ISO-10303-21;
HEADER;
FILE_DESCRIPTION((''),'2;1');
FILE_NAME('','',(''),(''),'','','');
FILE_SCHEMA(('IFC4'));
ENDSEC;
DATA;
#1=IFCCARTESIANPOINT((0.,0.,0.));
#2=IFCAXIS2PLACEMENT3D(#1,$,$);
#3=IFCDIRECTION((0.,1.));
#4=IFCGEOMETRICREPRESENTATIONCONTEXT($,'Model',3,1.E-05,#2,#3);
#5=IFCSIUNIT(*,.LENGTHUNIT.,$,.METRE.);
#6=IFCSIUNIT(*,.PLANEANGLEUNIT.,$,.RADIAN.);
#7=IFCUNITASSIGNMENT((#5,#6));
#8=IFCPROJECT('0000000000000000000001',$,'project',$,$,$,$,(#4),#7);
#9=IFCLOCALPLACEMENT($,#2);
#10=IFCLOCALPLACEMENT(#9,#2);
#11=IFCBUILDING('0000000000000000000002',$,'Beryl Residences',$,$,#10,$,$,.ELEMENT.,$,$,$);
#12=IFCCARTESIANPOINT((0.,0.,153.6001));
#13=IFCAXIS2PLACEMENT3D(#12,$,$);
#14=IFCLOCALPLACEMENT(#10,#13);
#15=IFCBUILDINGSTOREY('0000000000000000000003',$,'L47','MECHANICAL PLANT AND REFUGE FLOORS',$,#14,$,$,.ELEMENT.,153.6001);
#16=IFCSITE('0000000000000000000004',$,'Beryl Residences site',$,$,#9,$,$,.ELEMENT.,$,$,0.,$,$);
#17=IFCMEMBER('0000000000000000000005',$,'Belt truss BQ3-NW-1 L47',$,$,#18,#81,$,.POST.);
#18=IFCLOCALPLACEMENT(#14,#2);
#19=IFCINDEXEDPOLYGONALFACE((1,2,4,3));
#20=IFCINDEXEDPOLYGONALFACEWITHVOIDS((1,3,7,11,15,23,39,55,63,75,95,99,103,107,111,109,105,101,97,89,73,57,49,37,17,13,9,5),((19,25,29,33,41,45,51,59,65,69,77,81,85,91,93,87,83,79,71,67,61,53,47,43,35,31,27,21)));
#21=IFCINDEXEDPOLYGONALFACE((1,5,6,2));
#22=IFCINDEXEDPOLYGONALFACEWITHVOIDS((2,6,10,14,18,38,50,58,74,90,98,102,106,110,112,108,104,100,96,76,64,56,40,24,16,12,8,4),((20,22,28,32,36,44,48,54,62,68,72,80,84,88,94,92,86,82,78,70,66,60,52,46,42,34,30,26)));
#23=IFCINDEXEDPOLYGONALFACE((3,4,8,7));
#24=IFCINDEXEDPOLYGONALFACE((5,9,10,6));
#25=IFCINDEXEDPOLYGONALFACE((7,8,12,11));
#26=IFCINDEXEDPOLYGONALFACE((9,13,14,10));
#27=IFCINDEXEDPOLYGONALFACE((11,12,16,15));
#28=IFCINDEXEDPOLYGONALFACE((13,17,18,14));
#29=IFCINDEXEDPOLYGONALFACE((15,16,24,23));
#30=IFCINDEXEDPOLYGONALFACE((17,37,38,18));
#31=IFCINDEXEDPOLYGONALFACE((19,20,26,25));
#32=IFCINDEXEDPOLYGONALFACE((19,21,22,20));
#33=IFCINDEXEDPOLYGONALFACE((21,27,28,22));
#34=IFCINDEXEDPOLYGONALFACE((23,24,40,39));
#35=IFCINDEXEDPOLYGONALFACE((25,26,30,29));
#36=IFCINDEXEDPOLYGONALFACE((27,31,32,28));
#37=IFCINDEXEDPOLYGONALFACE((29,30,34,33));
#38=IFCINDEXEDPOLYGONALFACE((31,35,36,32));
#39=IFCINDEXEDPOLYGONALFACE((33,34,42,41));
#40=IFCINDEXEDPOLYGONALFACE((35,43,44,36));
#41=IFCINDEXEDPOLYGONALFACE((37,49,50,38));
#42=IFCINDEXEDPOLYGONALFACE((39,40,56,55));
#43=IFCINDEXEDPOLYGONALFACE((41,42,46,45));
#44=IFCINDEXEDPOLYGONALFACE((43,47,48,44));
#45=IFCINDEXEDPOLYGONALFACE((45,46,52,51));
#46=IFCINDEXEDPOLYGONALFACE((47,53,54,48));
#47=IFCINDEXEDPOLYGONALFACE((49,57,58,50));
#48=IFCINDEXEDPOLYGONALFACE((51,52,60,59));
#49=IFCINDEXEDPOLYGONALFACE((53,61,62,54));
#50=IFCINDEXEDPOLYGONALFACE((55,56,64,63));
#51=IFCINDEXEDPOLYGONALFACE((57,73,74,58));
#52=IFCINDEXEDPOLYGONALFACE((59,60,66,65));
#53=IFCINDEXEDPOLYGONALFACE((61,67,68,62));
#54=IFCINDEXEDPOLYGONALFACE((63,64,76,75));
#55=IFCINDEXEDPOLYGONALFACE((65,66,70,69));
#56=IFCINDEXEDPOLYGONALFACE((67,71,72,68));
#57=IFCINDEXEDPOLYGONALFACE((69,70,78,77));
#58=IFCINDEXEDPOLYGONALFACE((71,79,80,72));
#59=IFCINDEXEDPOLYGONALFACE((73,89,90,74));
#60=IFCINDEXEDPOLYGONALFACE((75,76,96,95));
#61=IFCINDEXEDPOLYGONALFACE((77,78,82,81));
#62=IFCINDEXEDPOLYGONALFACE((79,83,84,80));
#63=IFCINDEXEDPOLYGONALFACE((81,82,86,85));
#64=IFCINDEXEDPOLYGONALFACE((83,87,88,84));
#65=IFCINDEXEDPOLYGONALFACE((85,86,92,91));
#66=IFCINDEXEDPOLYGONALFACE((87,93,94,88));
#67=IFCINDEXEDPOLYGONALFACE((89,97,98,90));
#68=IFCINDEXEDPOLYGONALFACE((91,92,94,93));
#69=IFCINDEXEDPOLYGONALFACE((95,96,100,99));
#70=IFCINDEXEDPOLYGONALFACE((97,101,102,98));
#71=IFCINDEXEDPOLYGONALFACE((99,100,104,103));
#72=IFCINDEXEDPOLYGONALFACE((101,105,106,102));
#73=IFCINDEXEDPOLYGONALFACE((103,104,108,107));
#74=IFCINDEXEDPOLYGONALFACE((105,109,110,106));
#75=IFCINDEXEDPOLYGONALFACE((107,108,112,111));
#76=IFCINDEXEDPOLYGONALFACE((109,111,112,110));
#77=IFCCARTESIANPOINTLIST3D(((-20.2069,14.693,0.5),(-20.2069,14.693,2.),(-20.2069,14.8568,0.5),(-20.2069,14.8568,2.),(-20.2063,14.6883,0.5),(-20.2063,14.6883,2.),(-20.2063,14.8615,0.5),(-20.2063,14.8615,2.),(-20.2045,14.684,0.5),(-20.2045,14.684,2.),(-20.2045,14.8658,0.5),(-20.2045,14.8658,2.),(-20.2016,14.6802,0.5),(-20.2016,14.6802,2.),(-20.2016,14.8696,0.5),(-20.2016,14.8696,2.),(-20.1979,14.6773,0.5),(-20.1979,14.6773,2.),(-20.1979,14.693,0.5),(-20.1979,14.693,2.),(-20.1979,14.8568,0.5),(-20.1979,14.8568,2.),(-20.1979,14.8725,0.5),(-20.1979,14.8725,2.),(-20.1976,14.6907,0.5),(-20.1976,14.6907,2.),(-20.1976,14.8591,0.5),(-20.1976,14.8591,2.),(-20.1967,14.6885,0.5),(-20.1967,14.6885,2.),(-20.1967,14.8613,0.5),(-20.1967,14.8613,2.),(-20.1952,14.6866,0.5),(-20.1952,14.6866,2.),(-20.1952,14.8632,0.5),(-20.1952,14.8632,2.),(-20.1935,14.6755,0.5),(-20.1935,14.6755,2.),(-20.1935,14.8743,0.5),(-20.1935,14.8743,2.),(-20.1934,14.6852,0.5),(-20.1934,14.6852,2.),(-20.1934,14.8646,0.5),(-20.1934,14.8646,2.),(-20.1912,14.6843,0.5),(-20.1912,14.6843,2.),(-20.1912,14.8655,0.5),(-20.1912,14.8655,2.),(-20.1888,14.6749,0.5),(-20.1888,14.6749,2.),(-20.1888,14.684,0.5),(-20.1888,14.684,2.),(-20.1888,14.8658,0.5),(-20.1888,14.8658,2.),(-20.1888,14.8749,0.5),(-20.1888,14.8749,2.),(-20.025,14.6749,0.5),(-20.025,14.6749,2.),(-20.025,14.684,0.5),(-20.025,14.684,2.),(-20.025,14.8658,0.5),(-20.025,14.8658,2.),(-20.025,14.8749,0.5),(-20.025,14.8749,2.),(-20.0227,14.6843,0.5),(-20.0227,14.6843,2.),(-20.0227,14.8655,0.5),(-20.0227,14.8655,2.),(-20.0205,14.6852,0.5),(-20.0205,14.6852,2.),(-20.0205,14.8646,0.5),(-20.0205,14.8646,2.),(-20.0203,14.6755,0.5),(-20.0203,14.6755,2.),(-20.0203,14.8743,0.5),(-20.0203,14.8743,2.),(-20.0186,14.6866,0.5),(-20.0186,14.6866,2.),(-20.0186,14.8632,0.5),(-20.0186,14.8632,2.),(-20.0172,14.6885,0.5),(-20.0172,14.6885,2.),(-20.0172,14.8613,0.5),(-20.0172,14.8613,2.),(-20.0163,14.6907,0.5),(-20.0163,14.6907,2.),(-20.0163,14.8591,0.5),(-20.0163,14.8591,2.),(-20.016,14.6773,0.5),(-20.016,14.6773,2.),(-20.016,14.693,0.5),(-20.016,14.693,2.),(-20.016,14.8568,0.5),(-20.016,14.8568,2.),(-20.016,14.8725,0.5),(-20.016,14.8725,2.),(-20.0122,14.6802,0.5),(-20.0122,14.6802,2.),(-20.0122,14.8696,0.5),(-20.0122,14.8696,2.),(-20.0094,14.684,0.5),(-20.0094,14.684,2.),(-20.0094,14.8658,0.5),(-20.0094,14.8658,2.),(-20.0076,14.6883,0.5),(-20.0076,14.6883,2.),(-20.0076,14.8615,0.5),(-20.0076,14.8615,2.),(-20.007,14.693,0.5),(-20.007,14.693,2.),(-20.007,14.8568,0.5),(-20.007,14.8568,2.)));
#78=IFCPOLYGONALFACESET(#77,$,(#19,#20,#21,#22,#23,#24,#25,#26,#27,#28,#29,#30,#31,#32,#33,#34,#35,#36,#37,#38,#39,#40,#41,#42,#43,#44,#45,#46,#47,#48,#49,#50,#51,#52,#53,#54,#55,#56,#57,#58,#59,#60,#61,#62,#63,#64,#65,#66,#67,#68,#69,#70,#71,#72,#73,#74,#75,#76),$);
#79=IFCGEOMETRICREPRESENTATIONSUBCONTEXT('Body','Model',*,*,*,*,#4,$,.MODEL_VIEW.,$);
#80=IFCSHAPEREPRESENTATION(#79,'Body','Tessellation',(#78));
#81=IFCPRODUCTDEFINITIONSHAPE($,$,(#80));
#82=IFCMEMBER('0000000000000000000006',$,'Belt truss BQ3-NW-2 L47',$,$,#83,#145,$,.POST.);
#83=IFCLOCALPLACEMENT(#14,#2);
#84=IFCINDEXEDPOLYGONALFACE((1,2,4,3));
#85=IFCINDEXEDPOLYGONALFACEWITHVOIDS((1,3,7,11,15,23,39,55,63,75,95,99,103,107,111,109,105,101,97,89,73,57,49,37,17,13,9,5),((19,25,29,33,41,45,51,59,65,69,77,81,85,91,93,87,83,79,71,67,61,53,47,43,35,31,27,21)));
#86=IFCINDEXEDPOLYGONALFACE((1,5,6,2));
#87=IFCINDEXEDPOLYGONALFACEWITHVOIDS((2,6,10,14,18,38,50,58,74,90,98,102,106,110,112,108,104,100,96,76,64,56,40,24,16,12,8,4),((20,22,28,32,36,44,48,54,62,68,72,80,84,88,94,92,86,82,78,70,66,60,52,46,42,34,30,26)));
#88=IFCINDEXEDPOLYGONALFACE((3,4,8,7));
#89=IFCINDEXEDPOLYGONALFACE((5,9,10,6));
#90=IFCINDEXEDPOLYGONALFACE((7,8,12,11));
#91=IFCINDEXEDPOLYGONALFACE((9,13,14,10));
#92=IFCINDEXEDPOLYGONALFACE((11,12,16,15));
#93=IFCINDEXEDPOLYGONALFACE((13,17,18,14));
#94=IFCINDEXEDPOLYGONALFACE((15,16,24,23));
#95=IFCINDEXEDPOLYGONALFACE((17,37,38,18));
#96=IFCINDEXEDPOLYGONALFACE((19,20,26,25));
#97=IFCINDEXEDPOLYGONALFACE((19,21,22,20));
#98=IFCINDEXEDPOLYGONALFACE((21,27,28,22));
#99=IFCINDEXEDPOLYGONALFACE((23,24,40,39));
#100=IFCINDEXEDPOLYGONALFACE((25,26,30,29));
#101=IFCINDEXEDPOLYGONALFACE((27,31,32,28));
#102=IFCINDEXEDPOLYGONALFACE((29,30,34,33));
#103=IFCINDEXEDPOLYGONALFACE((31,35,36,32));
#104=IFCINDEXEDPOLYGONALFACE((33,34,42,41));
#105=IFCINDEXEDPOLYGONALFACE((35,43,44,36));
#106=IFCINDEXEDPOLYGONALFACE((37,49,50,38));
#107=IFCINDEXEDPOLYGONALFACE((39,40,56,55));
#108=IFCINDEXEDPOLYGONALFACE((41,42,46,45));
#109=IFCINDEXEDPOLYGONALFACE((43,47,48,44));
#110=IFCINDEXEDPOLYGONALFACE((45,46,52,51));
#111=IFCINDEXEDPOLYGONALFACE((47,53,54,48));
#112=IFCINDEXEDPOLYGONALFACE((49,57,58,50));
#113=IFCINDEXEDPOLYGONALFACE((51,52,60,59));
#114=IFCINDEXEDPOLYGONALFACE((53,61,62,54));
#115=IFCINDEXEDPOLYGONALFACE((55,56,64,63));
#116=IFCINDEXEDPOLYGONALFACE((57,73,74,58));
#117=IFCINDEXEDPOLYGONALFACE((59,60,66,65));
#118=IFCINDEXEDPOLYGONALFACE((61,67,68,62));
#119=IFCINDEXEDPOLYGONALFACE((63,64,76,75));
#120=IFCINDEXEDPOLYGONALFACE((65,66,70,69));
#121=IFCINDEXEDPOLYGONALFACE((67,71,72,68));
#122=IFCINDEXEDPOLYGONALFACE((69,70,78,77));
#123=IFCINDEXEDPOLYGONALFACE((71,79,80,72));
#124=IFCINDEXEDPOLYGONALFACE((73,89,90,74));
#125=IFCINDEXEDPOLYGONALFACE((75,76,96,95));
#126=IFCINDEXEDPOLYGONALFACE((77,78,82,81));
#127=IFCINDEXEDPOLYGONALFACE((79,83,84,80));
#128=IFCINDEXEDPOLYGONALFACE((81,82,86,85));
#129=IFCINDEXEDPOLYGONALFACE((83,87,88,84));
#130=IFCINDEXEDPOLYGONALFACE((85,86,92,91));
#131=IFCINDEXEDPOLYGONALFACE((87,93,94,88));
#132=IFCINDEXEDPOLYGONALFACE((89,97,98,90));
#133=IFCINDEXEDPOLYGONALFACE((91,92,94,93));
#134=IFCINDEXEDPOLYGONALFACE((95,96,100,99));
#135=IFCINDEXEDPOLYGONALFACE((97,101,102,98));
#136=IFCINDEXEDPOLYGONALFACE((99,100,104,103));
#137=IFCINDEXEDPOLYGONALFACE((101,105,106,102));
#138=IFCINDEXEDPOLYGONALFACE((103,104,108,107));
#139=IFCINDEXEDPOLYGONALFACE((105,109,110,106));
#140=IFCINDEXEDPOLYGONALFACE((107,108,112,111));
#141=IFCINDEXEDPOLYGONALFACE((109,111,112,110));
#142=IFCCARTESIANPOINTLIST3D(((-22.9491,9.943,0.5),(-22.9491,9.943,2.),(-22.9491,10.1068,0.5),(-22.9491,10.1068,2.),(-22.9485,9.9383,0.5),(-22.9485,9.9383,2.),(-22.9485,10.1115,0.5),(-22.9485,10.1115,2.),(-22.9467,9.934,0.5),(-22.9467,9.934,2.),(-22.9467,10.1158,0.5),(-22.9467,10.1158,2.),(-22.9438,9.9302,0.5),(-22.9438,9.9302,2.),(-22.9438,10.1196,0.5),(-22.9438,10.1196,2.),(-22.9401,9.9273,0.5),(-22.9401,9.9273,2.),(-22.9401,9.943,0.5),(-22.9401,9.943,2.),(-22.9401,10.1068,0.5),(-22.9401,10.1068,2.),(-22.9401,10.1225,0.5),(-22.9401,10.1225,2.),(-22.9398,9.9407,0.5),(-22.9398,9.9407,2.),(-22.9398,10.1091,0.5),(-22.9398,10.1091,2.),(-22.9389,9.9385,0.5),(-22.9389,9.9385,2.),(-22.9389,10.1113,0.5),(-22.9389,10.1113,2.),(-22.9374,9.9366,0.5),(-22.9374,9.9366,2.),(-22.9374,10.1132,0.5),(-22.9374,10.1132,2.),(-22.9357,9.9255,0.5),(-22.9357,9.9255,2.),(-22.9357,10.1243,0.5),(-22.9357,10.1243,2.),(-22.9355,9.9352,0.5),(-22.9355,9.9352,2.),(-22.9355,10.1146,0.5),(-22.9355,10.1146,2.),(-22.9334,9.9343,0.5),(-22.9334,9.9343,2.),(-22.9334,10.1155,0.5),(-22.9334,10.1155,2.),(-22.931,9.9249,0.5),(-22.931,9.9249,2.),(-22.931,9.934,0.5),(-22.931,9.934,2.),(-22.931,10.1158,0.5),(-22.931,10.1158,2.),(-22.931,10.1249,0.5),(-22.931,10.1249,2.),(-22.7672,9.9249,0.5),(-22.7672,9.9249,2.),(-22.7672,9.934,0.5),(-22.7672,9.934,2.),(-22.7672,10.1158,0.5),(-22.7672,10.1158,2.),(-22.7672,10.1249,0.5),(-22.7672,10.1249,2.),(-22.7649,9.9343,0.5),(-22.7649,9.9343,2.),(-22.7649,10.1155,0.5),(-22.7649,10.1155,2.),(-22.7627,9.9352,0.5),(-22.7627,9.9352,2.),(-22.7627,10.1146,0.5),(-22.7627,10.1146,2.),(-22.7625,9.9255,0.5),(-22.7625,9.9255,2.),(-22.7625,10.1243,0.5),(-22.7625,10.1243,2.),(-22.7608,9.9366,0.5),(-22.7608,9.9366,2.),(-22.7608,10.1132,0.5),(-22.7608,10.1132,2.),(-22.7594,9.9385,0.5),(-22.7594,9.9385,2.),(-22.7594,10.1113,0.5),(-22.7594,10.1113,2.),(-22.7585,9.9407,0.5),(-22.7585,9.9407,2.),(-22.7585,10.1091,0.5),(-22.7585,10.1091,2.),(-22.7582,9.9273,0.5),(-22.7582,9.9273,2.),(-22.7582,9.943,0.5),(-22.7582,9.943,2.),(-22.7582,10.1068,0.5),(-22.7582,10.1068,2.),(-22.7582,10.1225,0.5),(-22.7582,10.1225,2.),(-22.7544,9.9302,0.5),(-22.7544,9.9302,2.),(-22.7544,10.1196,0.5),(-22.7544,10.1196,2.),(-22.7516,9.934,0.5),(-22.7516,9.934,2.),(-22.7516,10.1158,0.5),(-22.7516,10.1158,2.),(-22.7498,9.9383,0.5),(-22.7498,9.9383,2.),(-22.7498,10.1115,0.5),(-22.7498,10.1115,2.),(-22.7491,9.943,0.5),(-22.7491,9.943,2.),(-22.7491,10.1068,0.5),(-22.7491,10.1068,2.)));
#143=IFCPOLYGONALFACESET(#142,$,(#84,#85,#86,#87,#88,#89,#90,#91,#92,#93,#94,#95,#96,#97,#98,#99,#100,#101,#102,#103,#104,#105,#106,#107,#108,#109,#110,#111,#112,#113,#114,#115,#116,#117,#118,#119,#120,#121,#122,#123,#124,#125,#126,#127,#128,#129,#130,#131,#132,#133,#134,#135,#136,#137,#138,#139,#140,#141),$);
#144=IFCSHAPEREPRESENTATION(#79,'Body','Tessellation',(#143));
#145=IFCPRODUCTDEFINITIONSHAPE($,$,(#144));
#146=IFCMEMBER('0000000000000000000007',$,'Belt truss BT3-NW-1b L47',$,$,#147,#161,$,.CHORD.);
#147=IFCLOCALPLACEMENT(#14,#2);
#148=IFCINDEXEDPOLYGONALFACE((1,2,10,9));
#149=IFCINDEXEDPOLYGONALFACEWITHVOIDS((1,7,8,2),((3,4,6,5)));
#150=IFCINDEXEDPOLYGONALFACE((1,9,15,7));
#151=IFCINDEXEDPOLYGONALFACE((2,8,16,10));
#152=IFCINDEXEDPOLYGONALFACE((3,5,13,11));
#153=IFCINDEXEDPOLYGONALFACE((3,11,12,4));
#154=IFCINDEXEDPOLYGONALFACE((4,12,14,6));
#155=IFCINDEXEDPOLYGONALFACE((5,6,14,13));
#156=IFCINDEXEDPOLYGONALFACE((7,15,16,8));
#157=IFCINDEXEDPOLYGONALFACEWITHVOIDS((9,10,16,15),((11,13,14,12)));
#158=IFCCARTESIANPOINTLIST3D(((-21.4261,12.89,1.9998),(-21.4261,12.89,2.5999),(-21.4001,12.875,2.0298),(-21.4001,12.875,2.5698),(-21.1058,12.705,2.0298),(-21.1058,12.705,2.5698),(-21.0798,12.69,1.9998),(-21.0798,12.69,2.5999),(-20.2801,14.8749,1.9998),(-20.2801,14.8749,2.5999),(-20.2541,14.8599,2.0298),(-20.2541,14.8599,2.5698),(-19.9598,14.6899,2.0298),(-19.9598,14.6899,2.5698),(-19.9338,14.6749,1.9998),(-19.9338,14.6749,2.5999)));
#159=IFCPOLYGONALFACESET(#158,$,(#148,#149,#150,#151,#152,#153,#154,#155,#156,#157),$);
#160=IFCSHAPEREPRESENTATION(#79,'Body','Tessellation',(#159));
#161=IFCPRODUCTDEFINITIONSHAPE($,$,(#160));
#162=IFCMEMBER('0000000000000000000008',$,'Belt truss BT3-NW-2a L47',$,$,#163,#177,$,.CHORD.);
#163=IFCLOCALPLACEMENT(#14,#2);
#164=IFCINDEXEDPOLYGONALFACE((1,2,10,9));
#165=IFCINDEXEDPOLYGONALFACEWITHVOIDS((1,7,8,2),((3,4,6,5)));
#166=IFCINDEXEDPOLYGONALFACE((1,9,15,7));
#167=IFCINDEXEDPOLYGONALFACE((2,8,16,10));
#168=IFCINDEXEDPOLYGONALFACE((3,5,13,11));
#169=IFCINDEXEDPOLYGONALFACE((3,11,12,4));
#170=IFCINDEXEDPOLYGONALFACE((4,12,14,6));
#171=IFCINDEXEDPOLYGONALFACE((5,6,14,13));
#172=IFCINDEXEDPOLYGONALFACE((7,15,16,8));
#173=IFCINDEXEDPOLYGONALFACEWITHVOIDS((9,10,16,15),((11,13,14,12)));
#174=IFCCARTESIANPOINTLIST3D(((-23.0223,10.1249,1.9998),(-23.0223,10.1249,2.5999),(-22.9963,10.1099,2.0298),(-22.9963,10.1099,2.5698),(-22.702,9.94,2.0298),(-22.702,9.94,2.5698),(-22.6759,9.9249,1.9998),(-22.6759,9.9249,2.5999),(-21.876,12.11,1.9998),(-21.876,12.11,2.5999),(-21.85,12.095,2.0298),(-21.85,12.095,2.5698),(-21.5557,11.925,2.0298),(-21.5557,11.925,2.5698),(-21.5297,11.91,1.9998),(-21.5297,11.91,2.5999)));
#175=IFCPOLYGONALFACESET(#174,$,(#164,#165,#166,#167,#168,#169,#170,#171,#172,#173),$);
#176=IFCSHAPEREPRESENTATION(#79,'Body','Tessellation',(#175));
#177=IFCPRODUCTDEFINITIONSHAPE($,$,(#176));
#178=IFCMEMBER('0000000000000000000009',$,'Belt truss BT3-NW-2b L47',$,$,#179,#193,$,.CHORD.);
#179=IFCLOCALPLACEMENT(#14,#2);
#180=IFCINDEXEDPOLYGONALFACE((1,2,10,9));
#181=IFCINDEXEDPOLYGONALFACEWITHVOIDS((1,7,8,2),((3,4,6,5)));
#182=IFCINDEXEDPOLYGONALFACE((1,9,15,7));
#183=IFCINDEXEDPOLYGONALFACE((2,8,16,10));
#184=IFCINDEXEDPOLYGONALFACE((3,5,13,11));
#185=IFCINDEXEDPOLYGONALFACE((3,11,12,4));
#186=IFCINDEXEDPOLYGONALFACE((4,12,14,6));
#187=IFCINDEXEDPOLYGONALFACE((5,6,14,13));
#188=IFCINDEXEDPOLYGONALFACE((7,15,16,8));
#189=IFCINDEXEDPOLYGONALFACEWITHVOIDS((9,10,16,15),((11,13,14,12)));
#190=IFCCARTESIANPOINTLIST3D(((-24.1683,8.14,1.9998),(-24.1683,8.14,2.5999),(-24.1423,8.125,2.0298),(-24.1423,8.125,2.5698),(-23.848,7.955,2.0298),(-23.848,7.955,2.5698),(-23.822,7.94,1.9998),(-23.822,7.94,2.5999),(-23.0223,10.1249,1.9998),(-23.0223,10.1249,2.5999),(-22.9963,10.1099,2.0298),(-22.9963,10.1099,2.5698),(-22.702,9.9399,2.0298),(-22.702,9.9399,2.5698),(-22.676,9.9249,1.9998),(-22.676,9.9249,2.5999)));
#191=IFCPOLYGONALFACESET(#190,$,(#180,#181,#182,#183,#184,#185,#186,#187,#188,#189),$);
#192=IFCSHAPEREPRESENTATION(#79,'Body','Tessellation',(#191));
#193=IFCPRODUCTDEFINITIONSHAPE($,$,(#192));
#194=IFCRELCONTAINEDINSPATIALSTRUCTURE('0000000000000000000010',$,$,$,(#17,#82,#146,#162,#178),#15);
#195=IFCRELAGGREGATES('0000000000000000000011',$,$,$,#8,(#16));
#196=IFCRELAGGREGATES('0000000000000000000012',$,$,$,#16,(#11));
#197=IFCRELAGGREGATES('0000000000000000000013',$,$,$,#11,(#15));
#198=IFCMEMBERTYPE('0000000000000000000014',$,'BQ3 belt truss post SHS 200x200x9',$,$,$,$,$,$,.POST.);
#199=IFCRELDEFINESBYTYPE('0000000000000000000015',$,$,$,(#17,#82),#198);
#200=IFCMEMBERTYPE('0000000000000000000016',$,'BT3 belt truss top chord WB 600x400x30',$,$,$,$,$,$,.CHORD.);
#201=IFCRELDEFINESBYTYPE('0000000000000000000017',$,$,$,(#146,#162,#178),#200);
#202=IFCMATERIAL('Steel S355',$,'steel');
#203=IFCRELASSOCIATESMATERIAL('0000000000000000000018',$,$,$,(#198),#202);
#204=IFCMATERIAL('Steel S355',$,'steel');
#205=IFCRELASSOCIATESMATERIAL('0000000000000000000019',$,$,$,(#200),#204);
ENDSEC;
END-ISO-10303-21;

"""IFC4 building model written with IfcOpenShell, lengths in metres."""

from ifc_helpers import new_model, si_unit, direction, frame, origin, origin_2d, place, context, subcontext, project, spatial, hollow_rectangle, extrude, material, material_profile, profile_set, type_object, element, save


model = new_model("IFC4")

# Units and contexts
model_context = context("Model", 3, precision=1e-05, world=origin(), true_north=direction((0.0, 1.0)))
body_context = subcontext(model_context, "Body", "Model", "MODEL_VIEW")
ifc_project = project(units=[si_unit("LENGTHUNIT", "METRE"), si_unit("PLANEANGLEUNIT", "RADIAN")], contexts=[model_context])

# Site, building, storey
site_placement = place(None, origin())
site = spatial("IfcSite", under=ifc_project, at=site_placement, Name="Beryl Residences site", CompositionType="ELEMENT", RefElevation=0.0)
building_placement = place(site_placement, origin())
building = spatial("IfcBuilding", under=site, at=building_placement, Name="Beryl Residences", CompositionType="ELEMENT")
storey_placement = place(building_placement, frame((0.0, 0.0, 153.6001)))
storey = spatial("IfcBuildingStorey", under=building, at=storey_placement, Name="L47", Description="MECHANICAL PLANT AND REFUGE FLOORS", CompositionType="ELEMENT", Elevation=153.6001)

# Members
ifc_material_1 = material(Name="Steel S355", Category="steel")
ifc_material_profile_1 = material_profile(ifc_material_1, hollow_rectangle(XDim=0.2, YDim=0.2, WallThickness=0.009, InnerFilletRadius=0.009, OuterFilletRadius=0.0181, at=origin_2d()))
ifc_profile_set_1 = profile_set([ifc_material_profile_1], Name="Steel S355")
member_type_1 = type_object("IfcMemberType", Name="BQ3 belt truss post SHS 200x200x9", PredefinedType="POST", material=ifc_profile_set_1)
for number, where, z_axis, x_axis, name in (
    (1, (-20.1069, 14.7749, 0.5), (0.0, 0.0, 1.0), (1.0, 0.0, 0.0), "Belt truss BQ3-NW-1 L47"),
    (2, (-22.8491, 10.0249, 0.5), (0.0, 0.0, 1.0), (1.0, 0.0, 0.0), "Belt truss BQ3-NW-2 L47"),
):
    element("IfcMember", number, at=place(storey_placement, frame(where, z_axis=z_axis, x_axis=x_axis)), inside=storey, type_object=member_type_1, Name=name, PredefinedType="POST", context=body_context, shape_type="SweptSolid", body=[
        extrude(hollow_rectangle(XDim=0.2, YDim=0.2, WallThickness=0.009, InnerFilletRadius=0.009, OuterFilletRadius=0.0181, at=origin_2d()), origin(), (0.0, 0.0, 1.0), 1.5),
    ])
ifc_material_2 = material(Name="Steel S355", Category="steel")
ifc_material_profile_2 = material_profile(ifc_material_2, hollow_rectangle(XDim=0.3999, YDim=0.6001, WallThickness=0.03, at=origin_2d()))
ifc_profile_set_2 = profile_set([ifc_material_profile_2], Name="Steel S355")
member_type_2 = type_object("IfcMemberType", Name="BT3 belt truss top chord WB 600x400x30", PredefinedType="CHORD", material=ifc_profile_set_2)
member_1_placement = place(storey_placement, frame((-20.1069, 14.7749, 2.2998), z_axis=(-0.500011, -0.866019, 0.0), x_axis=(0.866019, -0.500011, 0.0)))
element("IfcMember", 3, at=member_1_placement, inside=storey, type_object=member_type_2, Name="Belt truss BT3-NW-1b L47", PredefinedType="CHORD", context=body_context, shape_type="SweptSolid", body=[
    extrude(hollow_rectangle(XDim=0.3999, YDim=0.6001, WallThickness=0.03, at=origin_2d()), origin(), (0.0, 0.0, 1.0), 2.292),
])
member_2_placement = place(storey_placement, frame((-21.7029, 12.01, 2.2998), z_axis=(-0.500045, -0.865999, 0.0), x_axis=(0.865999, -0.500045, 0.0)))
element("IfcMember", 4, at=member_2_placement, inside=storey, type_object=member_type_2, Name="Belt truss BT3-NW-2a L47", PredefinedType="CHORD", context=body_context, shape_type="SweptSolid", body=[
    extrude(hollow_rectangle(XDim=0.3999, YDim=0.6001, WallThickness=0.03, at=origin_2d()), origin(), (0.0, 0.0, 1.0), 2.2922),
])
member_3_placement = place(storey_placement, frame((-22.8491, 10.0249, 2.2998), z_axis=(-0.500011, -0.866019, 0.0), x_axis=(0.866019, -0.500011, 0.0)))
element("IfcMember", 5, at=member_3_placement, inside=storey, type_object=member_type_2, Name="Belt truss BT3-NW-2b L47", PredefinedType="CHORD", context=body_context, shape_type="SweptSolid", body=[
    extrude(hollow_rectangle(XDim=0.3999, YDim=0.6001, WallThickness=0.03, at=origin_2d()), origin(), (0.0, 0.0, 1.0), 2.292),
])

save(model, "model.ifc")
